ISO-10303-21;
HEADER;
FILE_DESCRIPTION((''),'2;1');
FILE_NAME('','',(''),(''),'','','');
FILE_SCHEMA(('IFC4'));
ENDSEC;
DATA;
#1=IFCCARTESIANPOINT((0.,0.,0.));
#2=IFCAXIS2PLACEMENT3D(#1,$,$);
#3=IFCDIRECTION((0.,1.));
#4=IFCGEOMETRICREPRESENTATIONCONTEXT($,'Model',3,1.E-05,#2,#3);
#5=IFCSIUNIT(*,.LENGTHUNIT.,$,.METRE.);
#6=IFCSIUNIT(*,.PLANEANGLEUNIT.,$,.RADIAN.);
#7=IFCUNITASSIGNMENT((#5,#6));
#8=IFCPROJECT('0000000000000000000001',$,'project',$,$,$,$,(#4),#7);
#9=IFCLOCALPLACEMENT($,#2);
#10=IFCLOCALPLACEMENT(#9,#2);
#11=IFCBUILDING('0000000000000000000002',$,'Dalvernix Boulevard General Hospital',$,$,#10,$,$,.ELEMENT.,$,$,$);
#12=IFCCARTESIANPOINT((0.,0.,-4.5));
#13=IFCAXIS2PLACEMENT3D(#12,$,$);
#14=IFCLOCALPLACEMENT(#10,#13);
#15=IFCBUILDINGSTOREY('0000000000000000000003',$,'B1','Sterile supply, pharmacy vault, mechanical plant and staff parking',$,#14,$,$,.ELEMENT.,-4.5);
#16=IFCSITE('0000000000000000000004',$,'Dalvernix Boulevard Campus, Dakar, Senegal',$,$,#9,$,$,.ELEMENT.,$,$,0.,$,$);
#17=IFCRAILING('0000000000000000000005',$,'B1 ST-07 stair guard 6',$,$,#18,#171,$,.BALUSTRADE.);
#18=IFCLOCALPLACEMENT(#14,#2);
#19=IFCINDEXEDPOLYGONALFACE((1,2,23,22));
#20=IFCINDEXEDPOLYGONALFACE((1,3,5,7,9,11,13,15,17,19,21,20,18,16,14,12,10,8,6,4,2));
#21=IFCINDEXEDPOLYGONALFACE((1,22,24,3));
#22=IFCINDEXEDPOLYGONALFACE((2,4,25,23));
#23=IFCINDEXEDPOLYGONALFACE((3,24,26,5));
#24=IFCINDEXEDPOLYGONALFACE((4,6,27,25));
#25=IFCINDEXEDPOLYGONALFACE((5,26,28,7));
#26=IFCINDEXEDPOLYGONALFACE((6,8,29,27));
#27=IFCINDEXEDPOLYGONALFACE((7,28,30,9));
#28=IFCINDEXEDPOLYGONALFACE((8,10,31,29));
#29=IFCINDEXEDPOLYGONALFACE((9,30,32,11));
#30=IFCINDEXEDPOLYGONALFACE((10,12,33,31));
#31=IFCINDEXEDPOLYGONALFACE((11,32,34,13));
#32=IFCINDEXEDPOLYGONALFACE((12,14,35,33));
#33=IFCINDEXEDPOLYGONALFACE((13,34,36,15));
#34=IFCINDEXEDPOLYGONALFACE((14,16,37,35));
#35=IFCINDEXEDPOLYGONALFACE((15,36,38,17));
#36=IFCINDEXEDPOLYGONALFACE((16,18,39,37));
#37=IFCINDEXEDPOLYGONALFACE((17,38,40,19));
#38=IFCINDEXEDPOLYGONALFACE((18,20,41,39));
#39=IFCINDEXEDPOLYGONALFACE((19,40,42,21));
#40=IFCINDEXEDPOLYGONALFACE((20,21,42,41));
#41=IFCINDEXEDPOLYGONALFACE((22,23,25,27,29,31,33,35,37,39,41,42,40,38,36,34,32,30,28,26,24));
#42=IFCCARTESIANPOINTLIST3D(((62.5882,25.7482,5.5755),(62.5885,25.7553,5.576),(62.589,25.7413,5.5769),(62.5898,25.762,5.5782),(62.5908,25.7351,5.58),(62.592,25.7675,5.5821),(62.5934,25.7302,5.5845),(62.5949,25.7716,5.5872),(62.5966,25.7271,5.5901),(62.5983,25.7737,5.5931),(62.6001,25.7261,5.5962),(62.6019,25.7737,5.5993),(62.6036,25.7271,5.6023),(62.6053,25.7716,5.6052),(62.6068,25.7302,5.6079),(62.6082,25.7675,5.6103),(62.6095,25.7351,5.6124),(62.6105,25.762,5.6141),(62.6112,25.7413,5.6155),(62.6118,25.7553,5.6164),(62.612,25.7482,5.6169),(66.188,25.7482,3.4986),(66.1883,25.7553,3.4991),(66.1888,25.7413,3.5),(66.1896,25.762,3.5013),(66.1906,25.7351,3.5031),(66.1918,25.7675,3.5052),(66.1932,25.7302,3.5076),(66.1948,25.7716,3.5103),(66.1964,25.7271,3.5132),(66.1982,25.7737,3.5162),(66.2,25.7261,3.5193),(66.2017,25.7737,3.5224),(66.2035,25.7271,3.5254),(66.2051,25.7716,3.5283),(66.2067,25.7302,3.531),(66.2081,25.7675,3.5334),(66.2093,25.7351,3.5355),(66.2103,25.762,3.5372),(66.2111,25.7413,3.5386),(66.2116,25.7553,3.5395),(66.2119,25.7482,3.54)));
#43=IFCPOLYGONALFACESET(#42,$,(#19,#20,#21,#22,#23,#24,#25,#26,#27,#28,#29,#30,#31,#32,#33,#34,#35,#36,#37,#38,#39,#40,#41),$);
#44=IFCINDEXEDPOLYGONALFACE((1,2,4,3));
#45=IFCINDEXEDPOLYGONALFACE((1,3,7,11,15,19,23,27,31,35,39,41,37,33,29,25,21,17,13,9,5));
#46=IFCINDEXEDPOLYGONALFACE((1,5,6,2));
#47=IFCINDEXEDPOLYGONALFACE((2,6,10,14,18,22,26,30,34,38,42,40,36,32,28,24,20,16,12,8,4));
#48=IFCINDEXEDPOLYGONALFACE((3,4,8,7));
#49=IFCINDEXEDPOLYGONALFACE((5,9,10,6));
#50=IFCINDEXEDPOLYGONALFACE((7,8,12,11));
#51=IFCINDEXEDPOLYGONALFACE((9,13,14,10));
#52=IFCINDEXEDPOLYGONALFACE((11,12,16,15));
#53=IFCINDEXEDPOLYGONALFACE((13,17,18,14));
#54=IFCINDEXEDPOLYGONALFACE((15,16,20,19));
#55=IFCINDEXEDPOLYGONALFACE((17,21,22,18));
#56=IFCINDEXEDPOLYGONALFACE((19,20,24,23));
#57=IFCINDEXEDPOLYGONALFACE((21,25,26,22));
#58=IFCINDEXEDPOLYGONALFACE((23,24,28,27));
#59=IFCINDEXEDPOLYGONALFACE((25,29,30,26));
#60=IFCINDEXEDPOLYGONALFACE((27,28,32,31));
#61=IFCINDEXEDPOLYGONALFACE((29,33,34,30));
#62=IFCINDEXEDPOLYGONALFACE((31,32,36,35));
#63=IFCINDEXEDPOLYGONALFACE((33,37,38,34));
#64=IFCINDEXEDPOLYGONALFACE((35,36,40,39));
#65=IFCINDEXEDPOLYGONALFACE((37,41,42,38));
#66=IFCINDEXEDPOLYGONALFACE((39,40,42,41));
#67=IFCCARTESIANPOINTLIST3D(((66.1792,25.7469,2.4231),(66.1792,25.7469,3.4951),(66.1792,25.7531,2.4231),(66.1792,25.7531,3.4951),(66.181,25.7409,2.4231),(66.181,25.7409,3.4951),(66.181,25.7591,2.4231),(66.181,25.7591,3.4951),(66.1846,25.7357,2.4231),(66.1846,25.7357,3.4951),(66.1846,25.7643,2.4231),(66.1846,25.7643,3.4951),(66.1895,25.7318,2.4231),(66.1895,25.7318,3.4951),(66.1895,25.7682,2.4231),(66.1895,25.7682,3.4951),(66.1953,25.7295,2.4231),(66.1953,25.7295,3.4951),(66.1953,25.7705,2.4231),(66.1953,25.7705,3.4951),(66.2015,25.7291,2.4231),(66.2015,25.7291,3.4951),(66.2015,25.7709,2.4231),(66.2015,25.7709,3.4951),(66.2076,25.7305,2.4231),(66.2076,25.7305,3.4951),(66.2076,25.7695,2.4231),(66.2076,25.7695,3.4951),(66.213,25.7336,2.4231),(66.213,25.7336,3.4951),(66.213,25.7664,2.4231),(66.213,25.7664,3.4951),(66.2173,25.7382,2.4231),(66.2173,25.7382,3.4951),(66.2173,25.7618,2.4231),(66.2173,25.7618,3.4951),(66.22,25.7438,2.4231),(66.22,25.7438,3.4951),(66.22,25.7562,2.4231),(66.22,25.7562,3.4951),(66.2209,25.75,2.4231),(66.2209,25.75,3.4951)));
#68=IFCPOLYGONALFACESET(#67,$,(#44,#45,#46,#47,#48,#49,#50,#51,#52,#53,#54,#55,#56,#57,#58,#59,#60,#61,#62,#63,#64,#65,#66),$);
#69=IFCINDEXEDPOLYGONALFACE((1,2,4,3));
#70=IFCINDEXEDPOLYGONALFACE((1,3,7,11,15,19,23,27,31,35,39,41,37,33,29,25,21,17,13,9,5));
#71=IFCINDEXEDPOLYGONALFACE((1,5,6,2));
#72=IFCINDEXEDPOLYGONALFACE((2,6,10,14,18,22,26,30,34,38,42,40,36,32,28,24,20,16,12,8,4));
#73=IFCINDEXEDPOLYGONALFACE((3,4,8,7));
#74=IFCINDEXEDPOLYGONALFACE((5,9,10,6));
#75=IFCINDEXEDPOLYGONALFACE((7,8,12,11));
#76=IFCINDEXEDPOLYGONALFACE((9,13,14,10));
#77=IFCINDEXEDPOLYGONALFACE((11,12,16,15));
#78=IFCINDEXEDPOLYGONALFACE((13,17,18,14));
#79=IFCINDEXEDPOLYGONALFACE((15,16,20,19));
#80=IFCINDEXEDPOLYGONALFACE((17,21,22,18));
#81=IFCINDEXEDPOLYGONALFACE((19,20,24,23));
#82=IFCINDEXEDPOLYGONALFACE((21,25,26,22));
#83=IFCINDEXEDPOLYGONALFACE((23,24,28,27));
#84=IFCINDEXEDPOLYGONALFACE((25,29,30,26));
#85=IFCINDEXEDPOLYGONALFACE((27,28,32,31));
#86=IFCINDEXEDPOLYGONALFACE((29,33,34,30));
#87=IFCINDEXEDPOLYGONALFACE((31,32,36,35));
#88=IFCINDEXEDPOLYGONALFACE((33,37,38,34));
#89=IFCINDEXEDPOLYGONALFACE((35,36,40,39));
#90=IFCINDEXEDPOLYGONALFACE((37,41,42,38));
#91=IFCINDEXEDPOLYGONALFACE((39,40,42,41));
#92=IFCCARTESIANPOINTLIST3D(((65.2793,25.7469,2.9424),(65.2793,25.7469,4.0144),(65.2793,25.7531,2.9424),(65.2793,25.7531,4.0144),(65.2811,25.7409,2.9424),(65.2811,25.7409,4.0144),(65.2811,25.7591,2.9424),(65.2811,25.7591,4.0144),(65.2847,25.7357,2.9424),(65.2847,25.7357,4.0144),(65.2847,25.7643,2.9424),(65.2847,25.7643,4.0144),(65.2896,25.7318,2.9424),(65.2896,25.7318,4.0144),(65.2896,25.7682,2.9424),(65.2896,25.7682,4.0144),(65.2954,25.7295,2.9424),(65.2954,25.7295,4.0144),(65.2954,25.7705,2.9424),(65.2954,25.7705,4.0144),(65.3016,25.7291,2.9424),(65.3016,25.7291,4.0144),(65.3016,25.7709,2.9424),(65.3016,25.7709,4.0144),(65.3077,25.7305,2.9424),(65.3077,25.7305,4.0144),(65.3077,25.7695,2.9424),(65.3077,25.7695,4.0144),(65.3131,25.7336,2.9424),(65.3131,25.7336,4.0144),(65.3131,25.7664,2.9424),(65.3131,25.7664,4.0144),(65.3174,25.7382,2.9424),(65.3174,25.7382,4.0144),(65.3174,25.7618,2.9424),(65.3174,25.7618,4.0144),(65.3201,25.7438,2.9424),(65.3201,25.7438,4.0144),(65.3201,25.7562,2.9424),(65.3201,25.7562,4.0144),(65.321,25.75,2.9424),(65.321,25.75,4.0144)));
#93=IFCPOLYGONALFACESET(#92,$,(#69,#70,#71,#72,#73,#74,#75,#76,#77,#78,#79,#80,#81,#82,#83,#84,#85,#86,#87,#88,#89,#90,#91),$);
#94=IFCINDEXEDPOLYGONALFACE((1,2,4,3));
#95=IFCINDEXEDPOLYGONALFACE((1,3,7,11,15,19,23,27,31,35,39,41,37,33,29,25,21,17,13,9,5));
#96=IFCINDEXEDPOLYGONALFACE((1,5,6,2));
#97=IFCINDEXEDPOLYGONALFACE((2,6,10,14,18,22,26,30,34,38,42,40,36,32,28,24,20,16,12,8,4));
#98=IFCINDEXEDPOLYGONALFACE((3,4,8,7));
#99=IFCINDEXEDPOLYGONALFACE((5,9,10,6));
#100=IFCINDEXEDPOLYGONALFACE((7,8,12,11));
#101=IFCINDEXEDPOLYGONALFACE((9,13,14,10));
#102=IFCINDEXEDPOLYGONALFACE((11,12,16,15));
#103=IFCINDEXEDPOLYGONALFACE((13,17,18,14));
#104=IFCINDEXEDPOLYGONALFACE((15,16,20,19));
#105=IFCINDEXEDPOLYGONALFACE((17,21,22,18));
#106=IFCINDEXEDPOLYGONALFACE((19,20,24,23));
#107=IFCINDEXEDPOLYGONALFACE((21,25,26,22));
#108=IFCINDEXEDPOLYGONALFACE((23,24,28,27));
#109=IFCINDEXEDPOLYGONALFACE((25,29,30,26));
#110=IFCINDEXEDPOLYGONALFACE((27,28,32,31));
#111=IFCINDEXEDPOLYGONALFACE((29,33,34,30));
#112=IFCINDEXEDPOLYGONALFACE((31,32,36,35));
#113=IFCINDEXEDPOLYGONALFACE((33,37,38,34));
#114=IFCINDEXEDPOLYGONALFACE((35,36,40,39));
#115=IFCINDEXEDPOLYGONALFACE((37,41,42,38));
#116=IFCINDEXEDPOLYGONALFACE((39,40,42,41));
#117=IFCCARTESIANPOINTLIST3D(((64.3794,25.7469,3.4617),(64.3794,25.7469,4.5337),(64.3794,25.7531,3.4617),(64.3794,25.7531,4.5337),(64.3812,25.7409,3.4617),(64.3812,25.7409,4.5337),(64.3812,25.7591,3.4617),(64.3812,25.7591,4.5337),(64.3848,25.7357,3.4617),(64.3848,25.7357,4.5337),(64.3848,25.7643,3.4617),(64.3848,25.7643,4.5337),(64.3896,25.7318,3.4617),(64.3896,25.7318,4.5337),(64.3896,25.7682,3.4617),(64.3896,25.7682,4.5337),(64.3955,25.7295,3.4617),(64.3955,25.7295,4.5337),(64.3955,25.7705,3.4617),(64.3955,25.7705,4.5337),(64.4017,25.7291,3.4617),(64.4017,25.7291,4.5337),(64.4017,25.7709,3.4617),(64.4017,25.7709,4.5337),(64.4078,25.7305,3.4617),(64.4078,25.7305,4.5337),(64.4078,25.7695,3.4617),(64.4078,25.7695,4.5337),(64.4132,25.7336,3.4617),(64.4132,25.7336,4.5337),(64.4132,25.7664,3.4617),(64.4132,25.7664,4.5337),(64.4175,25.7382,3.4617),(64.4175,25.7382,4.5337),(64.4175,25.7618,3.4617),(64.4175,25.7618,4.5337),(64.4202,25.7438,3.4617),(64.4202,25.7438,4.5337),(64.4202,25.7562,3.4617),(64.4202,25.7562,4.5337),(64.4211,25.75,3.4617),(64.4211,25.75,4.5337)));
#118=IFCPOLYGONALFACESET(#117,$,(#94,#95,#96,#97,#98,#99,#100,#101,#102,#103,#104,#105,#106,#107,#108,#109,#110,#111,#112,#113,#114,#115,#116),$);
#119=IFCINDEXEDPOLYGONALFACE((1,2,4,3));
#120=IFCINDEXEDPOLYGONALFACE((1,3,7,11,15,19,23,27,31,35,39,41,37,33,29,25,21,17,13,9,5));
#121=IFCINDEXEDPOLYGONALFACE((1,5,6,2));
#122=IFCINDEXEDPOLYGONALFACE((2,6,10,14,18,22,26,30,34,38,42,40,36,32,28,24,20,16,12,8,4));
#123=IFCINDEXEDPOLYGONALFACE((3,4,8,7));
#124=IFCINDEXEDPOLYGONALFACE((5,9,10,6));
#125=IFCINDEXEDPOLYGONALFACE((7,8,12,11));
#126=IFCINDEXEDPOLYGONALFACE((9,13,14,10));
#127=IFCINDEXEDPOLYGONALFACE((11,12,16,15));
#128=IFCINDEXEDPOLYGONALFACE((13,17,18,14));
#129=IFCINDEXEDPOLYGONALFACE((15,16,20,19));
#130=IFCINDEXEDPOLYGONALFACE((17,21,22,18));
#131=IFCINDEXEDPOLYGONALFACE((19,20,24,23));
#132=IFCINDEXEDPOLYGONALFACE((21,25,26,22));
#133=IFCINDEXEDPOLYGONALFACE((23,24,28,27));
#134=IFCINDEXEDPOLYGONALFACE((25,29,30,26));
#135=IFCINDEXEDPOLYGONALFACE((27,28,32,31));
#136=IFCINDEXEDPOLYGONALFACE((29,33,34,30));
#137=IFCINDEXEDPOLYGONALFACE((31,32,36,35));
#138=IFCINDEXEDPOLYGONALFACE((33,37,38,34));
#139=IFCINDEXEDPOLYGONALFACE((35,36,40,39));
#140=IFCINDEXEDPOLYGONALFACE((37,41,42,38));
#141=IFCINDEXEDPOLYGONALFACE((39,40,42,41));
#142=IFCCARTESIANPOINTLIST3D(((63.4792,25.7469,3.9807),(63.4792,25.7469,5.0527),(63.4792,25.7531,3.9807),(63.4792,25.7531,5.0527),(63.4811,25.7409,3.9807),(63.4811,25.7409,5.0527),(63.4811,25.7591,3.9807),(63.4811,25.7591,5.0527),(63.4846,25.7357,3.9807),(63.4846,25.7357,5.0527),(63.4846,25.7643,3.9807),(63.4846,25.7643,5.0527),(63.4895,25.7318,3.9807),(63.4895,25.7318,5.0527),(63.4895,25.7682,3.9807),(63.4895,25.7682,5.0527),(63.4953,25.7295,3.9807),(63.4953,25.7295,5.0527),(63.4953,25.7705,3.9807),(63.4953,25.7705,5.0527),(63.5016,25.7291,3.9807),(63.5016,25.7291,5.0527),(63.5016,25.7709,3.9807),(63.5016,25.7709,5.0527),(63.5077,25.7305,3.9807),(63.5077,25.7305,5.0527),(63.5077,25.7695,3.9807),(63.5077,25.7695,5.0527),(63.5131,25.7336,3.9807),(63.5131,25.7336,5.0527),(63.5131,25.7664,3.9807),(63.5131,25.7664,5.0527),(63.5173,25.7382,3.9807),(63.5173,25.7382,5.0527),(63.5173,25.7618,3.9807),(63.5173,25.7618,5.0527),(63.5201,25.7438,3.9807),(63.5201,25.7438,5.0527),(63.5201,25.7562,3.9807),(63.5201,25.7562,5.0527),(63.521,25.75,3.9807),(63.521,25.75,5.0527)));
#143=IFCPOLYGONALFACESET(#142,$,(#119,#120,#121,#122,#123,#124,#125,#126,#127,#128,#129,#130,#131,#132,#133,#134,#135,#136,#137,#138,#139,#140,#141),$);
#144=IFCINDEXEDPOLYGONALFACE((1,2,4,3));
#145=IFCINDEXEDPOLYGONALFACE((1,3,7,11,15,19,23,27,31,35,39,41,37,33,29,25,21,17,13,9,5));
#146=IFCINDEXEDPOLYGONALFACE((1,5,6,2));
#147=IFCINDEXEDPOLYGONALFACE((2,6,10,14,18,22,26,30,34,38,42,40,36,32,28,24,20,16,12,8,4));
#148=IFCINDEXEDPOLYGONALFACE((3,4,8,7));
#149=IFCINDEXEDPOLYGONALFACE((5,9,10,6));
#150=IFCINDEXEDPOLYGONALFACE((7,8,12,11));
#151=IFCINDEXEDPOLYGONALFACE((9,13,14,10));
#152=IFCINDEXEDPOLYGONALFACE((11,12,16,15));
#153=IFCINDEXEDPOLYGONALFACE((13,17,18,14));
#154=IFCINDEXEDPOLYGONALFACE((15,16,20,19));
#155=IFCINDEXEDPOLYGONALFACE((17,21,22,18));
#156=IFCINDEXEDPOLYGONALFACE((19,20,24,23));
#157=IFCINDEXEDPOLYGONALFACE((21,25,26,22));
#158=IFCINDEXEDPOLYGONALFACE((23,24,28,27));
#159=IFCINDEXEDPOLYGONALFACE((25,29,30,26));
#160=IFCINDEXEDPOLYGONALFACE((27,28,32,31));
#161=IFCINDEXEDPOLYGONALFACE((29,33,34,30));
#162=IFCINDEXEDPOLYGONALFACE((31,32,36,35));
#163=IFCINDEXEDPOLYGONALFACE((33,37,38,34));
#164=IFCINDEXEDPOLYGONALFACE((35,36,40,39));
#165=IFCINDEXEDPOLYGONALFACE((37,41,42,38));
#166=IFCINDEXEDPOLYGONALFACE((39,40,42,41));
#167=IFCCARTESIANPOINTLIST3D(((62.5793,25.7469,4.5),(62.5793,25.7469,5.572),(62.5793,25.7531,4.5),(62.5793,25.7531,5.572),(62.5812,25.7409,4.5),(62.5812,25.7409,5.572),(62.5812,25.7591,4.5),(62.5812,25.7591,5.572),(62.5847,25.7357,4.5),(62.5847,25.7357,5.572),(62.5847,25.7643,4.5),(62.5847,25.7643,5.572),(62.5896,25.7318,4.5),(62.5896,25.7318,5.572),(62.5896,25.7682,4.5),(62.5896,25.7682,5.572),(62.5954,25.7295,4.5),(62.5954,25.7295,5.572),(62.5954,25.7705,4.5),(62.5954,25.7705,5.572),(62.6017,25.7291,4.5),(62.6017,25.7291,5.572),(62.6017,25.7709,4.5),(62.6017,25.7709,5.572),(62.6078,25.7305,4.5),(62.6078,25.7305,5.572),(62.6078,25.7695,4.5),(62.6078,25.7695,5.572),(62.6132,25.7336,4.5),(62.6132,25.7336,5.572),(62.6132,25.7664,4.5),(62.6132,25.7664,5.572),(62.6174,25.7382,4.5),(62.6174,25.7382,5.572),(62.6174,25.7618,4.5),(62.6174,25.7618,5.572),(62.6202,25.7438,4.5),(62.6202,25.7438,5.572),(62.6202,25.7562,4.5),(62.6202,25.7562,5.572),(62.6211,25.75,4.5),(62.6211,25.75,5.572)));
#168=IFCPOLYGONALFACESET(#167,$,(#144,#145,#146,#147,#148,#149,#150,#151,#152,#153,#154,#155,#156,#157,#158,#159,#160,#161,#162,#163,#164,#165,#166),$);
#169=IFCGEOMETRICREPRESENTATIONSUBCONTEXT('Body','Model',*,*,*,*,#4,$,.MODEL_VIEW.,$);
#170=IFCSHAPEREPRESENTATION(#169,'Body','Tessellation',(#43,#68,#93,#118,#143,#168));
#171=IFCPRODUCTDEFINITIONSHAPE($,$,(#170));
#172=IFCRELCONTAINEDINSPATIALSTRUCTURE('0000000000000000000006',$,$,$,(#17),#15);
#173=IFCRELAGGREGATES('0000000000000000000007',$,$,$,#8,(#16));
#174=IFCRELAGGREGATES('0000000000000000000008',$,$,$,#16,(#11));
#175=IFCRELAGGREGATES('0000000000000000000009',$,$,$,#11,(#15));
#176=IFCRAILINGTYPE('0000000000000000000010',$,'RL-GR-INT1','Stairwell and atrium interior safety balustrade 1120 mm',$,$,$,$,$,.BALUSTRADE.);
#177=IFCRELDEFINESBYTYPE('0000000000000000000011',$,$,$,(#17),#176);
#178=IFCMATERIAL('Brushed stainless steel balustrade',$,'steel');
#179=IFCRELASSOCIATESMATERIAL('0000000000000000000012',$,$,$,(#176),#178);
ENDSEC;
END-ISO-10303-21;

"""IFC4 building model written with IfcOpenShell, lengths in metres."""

from ifc_helpers import new_model, si_unit, direction, frame, origin, origin_2d, place, context, subcontext, project, spatial, circle, extrude, material, type_object, element, save


model = new_model("IFC4")

# Units and contexts
model_context = context("Model", 3, precision=1e-05, world=origin(), true_north=direction((0.0, 1.0)))
body_context = subcontext(model_context, "Body", "Model", "MODEL_VIEW")
ifc_project = project(units=[si_unit("LENGTHUNIT", "METRE"), si_unit("PLANEANGLEUNIT", "RADIAN")], contexts=[model_context])

# Site, building, storey
site_placement = place(None, origin())
site = spatial("IfcSite", under=ifc_project, at=site_placement, Name="Dalvernix Boulevard Campus, Dakar, Senegal", CompositionType="ELEMENT", RefElevation=0.0)
building_placement = place(site_placement, origin())
building = spatial("IfcBuilding", under=site, at=building_placement, Name="Dalvernix Boulevard General Hospital", CompositionType="ELEMENT")
storey_placement = place(building_placement, frame((0.0, 0.0, -4.5)))
storey = spatial("IfcBuildingStorey", under=building, at=storey_placement, Name="B1", Description="Sterile supply, pharmacy vault, mechanical plant and staff parking", CompositionType="ELEMENT", Elevation=-4.5)

# Railing
ifc_material_1 = material(Name="Brushed stainless steel balustrade", Category="steel")
railing_type_1 = type_object("IfcRailingType", Name="RL-GR-INT1", Description="Stairwell and atrium interior safety balustrade 1120 mm", PredefinedType="BALUSTRADE", material=ifc_material_1)
railing_1_placement = place(storey_placement, frame((66.2, 25.75, 2.4231)))
element("IfcRailing", 1, at=railing_1_placement, inside=storey, type_object=railing_type_1, Name="B1 ST-07 stair guard 6", PredefinedType="BALUSTRADE", context=body_context, shape_type="SweptSolid", body=[
    extrude(circle(Radius=0.0239, at=origin_2d()), frame((0.0, 0.0, 1.0962), z_axis=(-0.866179, 0.0, 0.499734), x_axis=(0.0, -1.0, 0.0)), (0.0, 0.0, 1.0), 4.156),
    extrude(circle(Radius=0.021, at=origin_2d()), origin(), (0.0, 0.0, 1.0), 1.072),
    extrude(circle(Radius=0.021, at=origin_2d()), frame((-0.8999, 0.0, 0.5193)), (0.0, 0.0, 1.0), 1.072),
    extrude(circle(Radius=0.021, at=origin_2d()), frame((-1.7998, 0.0, 1.0386)), (0.0, 0.0, 1.0), 1.072),
    extrude(circle(Radius=0.021, at=origin_2d()), frame((-2.7, 0.0, 1.5576)), (0.0, 0.0, 1.0), 1.072),
    extrude(circle(Radius=0.021, at=origin_2d()), frame((-3.5999, 0.0, 2.0769)), (0.0, 0.0, 1.0), 1.072),
])

save(model, "model.ifc")
